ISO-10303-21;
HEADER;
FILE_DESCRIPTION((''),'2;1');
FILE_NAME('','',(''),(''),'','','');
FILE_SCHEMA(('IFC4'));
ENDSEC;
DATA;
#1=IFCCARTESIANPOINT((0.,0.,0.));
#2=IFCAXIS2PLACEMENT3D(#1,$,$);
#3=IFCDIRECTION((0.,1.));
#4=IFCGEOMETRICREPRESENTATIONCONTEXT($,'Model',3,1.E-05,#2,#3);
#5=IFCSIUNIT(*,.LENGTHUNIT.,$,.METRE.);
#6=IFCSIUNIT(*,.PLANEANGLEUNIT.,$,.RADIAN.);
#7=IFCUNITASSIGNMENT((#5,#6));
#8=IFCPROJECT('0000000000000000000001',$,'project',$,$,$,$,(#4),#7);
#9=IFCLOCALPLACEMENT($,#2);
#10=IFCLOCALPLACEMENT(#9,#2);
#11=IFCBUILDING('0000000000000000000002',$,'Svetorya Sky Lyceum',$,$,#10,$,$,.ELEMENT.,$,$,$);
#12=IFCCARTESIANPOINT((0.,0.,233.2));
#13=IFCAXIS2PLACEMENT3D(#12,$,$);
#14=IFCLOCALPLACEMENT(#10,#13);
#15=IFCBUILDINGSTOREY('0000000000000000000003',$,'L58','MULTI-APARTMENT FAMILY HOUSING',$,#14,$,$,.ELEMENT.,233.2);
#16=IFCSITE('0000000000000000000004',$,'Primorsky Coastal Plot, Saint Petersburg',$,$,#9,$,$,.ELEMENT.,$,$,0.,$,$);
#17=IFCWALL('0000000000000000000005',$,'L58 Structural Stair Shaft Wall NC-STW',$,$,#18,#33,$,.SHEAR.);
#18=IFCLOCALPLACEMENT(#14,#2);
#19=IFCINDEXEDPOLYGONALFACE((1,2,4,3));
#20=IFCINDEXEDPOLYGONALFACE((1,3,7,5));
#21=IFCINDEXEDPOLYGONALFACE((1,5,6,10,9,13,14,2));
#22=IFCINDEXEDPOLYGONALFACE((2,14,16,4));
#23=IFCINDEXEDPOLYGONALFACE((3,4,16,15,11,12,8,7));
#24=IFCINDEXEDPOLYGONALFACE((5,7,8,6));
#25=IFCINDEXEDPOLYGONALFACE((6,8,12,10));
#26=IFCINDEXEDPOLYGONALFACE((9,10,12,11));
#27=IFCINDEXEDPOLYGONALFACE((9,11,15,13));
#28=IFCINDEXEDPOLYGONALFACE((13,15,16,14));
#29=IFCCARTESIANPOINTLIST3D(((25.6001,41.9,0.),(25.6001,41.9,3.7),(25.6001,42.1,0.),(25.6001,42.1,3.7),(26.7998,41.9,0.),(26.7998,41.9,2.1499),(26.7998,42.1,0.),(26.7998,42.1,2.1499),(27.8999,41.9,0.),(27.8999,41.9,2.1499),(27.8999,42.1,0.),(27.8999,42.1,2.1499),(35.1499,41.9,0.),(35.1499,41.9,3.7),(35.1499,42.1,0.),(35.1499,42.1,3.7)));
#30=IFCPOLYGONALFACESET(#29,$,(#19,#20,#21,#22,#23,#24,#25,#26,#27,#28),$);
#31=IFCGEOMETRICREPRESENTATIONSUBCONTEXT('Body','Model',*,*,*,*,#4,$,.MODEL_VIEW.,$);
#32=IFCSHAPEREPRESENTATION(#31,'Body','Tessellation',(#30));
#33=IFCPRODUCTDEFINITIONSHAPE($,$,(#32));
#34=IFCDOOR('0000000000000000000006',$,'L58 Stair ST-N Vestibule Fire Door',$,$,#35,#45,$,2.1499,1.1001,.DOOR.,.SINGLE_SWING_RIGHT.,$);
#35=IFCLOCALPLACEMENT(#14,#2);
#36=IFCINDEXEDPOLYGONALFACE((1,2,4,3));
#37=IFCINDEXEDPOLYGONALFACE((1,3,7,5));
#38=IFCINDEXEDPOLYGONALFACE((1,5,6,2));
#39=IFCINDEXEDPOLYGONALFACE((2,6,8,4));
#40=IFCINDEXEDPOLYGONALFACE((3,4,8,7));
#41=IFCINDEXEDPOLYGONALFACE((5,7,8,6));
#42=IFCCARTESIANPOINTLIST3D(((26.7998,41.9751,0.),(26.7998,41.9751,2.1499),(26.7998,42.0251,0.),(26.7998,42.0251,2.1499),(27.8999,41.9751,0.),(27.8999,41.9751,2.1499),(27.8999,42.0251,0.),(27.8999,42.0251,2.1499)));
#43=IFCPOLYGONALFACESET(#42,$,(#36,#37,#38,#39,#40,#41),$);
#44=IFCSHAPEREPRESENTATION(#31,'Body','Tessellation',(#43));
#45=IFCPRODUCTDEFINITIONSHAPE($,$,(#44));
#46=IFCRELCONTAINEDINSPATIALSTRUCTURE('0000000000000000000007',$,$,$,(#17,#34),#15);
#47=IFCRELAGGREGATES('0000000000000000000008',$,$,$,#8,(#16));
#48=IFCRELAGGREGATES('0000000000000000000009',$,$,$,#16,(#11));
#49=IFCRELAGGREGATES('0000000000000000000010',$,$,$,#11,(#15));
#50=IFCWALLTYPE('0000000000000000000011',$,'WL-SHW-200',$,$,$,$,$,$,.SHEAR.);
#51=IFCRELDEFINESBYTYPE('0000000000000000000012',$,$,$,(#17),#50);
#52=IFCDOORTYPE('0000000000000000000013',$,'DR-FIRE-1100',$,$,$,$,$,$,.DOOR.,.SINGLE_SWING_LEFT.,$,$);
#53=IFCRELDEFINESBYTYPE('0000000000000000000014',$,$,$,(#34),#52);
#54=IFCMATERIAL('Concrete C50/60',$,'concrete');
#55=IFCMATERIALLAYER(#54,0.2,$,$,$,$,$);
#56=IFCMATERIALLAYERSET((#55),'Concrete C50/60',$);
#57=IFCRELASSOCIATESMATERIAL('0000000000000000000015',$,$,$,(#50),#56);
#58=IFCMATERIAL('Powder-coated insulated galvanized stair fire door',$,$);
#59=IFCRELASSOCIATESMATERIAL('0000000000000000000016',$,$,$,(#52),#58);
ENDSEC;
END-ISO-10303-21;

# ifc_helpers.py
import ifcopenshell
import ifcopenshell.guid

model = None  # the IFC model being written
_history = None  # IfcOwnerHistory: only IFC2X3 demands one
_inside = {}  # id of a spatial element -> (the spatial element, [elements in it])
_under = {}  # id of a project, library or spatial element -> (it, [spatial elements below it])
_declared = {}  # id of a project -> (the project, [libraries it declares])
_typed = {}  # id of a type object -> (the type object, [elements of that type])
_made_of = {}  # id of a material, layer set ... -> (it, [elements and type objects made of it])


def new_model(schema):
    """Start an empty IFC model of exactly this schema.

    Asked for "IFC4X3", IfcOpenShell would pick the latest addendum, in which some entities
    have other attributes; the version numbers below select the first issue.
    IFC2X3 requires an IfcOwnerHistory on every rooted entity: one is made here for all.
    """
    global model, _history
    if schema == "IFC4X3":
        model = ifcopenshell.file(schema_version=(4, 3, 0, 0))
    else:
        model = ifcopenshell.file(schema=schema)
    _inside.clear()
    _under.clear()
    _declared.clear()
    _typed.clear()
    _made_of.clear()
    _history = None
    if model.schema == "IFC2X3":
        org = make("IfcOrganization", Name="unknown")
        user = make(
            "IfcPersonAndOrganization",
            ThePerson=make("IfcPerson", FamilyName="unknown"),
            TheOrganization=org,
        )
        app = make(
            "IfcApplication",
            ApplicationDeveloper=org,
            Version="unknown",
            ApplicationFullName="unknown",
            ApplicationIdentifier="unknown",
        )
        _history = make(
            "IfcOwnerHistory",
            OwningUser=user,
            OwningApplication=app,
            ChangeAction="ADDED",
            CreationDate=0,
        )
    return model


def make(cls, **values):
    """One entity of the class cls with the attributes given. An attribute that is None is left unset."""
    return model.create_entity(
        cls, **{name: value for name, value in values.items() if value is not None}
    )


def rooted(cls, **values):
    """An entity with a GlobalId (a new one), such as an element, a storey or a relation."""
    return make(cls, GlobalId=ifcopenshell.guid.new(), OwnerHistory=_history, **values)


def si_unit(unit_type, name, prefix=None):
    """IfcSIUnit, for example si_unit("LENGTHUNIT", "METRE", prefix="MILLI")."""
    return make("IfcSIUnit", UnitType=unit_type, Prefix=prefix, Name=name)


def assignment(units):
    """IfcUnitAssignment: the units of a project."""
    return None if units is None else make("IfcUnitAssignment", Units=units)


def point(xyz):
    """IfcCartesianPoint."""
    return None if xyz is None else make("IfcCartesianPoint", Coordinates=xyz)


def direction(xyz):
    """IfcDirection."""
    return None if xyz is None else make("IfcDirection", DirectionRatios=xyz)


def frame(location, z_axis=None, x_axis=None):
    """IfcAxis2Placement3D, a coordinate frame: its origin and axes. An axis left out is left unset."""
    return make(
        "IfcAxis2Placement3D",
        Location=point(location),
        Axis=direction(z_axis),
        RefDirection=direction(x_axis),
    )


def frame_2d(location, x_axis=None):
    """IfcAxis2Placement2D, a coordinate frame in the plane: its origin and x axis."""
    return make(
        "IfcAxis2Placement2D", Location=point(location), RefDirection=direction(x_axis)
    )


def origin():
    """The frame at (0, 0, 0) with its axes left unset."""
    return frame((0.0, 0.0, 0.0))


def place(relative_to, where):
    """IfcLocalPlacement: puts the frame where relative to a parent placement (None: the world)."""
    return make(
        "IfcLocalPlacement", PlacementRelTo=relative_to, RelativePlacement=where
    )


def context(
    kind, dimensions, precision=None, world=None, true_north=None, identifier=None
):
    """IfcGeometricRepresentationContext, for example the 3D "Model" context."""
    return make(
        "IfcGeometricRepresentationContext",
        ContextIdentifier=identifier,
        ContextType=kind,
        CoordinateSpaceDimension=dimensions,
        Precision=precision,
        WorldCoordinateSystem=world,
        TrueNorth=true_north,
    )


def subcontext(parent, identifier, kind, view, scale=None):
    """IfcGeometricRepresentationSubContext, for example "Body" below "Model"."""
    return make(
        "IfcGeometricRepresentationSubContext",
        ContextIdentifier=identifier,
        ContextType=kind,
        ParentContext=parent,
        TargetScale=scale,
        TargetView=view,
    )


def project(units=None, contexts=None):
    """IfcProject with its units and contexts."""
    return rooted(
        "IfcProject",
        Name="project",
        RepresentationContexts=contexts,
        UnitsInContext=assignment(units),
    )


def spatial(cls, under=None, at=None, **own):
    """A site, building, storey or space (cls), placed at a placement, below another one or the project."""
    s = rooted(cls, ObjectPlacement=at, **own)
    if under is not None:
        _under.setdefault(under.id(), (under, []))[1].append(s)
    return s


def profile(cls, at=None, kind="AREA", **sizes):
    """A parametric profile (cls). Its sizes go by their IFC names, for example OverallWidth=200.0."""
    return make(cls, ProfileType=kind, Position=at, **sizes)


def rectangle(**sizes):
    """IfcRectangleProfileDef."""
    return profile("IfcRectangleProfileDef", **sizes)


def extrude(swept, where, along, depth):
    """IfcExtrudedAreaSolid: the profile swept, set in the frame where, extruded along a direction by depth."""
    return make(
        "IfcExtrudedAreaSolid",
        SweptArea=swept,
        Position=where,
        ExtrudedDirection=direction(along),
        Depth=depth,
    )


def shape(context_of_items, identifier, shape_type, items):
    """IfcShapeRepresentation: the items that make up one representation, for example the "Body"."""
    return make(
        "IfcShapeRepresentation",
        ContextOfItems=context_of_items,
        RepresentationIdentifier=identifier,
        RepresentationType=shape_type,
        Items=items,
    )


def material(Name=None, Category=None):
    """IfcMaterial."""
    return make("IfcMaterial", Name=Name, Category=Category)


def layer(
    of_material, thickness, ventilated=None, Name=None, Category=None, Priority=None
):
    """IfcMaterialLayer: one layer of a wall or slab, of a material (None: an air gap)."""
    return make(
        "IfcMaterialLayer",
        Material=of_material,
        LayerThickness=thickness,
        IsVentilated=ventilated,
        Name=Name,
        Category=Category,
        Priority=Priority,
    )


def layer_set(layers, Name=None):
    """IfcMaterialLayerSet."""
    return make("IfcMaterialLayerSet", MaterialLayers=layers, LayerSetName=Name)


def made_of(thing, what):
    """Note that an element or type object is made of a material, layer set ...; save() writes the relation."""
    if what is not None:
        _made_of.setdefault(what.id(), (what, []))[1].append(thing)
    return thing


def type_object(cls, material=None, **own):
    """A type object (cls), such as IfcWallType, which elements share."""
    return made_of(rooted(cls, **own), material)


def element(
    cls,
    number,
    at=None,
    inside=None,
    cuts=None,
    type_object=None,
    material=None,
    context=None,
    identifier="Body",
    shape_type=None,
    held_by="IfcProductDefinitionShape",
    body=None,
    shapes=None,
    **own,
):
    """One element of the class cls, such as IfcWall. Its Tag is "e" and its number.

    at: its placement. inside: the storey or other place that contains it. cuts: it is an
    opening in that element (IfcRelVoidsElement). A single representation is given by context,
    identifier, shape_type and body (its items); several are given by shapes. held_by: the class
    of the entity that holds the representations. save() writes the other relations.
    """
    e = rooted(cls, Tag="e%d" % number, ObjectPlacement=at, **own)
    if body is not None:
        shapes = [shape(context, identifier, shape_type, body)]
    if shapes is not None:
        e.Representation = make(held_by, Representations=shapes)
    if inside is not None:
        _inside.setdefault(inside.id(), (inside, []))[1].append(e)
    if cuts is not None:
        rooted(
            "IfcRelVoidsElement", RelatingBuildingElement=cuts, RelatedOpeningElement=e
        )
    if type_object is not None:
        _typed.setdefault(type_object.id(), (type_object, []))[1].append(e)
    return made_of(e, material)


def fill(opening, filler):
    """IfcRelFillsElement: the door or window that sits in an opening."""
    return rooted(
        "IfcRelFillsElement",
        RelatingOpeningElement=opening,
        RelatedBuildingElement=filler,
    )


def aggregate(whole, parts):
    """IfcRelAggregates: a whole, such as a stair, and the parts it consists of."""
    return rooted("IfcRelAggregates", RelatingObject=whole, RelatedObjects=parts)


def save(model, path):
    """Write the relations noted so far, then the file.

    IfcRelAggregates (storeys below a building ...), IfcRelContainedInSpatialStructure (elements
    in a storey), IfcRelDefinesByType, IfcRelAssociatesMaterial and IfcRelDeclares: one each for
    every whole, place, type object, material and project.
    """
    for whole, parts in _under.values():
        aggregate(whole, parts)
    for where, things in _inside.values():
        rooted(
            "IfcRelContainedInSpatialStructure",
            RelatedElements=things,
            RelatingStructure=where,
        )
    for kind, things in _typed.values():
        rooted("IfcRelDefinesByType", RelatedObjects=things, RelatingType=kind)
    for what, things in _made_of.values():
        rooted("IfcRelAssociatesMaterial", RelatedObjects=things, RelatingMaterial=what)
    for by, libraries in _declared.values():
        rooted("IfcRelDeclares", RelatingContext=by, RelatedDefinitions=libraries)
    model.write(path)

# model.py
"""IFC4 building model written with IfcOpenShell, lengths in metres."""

from ifc_helpers import new_model, si_unit, direction, frame, frame_2d, origin, place, context, subcontext, project, spatial, rectangle, extrude, material, layer, layer_set, type_object, element, fill, save


model = new_model("IFC4")

# Units and contexts
model_context = context("Model", 3, precision=1e-05, world=origin(), true_north=direction((0.0, 1.0)))
body_context = subcontext(model_context, "Body", "Model", "MODEL_VIEW")
ifc_project = project(units=[si_unit("LENGTHUNIT", "METRE"), si_unit("PLANEANGLEUNIT", "RADIAN")], contexts=[model_context])

# Site, building, storey
site_placement = place(None, origin())
site = spatial("IfcSite", under=ifc_project, at=site_placement, Name="Primorsky Coastal Plot, Saint Petersburg", CompositionType="ELEMENT", RefElevation=0.0)
building_placement = place(site_placement, origin())
building = spatial("IfcBuilding", under=site, at=building_placement, Name="Svetorya Sky Lyceum", CompositionType="ELEMENT")
storey_placement = place(building_placement, frame((0.0, 0.0, 233.2)))
storey = spatial("IfcBuildingStorey", under=building, at=storey_placement, Name="L58", Description="MULTI-APARTMENT FAMILY HOUSING", CompositionType="ELEMENT", Elevation=233.2)

# Shared definitions
ifc_material_1 = material(Name="Concrete C50/60", Category="concrete")

# Wall, opening, door
ifc_layer_1 = layer(ifc_material_1, 0.2)
ifc_layer_set_1 = layer_set([ifc_layer_1], Name="Concrete C50/60")
wall_type_1 = type_object("IfcWallType", Name="WL-SHW-200", PredefinedType="SHEAR", material=ifc_layer_set_1)
wall_1_placement = place(storey_placement, frame((35.1499, 42.0, 0.0), z_axis=(0.0, 0.0, 1.0), x_axis=(-1.0, 0.0, 0.0)))
wall_1 = element("IfcWall", 1, at=wall_1_placement, inside=storey, type_object=wall_type_1, Name="L58 Structural Stair Shaft Wall NC-STW", PredefinedType="SHEAR", context=body_context, shape_type="SweptSolid", body=[
    extrude(rectangle(XDim=9.5498, YDim=0.2, at=frame_2d((4.7749, 0.0))), origin(), (0.0, 0.0, 1.0), 3.7),
])
opening_1_placement = place(wall_1_placement, frame((7.25, 0.0, 0.0)))
opening_1 = element("IfcOpeningElement", 2, at=opening_1_placement, cuts=wall_1, PredefinedType="OPENING", context=body_context, shape_type="SweptSolid", body=[
    extrude(rectangle(XDim=1.1001, YDim=2.1499, at=frame_2d((0.55, 1.075))), frame((0.0, 0.1099, 0.0), z_axis=(0.0, -1.0, 0.0), x_axis=(1.0, 0.0, 0.0)), (0.0, 0.0, 1.0), 0.22),
])
ifc_material_2 = material(Name="Powder-coated insulated galvanized stair fire door")
door_type_1 = type_object("IfcDoorType", Name="DR-FIRE-1100", OperationType="SINGLE_SWING_LEFT", PredefinedType="DOOR", material=ifc_material_2)
door_1_placement = place(opening_1_placement, origin())
door_1 = element("IfcDoor", 3, at=door_1_placement, inside=storey, type_object=door_type_1, Name="L58 Stair ST-N Vestibule Fire Door", OperationType="SINGLE_SWING_RIGHT", OverallHeight=2.1499, OverallWidth=1.1001, PredefinedType="DOOR", context=body_context, shape_type="SweptSolid", body=[
    extrude(rectangle(XDim=1.1001, YDim=2.1499, at=frame_2d((0.55, 1.075))), frame((0.0, 0.0249, 0.0), z_axis=(0.0, -1.0, 0.0), x_axis=(1.0, 0.0, 0.0)), (0.0, 0.0, 1.0), 0.05),
])
fill(opening_1, door_1)

save(model, "model.ifc")
